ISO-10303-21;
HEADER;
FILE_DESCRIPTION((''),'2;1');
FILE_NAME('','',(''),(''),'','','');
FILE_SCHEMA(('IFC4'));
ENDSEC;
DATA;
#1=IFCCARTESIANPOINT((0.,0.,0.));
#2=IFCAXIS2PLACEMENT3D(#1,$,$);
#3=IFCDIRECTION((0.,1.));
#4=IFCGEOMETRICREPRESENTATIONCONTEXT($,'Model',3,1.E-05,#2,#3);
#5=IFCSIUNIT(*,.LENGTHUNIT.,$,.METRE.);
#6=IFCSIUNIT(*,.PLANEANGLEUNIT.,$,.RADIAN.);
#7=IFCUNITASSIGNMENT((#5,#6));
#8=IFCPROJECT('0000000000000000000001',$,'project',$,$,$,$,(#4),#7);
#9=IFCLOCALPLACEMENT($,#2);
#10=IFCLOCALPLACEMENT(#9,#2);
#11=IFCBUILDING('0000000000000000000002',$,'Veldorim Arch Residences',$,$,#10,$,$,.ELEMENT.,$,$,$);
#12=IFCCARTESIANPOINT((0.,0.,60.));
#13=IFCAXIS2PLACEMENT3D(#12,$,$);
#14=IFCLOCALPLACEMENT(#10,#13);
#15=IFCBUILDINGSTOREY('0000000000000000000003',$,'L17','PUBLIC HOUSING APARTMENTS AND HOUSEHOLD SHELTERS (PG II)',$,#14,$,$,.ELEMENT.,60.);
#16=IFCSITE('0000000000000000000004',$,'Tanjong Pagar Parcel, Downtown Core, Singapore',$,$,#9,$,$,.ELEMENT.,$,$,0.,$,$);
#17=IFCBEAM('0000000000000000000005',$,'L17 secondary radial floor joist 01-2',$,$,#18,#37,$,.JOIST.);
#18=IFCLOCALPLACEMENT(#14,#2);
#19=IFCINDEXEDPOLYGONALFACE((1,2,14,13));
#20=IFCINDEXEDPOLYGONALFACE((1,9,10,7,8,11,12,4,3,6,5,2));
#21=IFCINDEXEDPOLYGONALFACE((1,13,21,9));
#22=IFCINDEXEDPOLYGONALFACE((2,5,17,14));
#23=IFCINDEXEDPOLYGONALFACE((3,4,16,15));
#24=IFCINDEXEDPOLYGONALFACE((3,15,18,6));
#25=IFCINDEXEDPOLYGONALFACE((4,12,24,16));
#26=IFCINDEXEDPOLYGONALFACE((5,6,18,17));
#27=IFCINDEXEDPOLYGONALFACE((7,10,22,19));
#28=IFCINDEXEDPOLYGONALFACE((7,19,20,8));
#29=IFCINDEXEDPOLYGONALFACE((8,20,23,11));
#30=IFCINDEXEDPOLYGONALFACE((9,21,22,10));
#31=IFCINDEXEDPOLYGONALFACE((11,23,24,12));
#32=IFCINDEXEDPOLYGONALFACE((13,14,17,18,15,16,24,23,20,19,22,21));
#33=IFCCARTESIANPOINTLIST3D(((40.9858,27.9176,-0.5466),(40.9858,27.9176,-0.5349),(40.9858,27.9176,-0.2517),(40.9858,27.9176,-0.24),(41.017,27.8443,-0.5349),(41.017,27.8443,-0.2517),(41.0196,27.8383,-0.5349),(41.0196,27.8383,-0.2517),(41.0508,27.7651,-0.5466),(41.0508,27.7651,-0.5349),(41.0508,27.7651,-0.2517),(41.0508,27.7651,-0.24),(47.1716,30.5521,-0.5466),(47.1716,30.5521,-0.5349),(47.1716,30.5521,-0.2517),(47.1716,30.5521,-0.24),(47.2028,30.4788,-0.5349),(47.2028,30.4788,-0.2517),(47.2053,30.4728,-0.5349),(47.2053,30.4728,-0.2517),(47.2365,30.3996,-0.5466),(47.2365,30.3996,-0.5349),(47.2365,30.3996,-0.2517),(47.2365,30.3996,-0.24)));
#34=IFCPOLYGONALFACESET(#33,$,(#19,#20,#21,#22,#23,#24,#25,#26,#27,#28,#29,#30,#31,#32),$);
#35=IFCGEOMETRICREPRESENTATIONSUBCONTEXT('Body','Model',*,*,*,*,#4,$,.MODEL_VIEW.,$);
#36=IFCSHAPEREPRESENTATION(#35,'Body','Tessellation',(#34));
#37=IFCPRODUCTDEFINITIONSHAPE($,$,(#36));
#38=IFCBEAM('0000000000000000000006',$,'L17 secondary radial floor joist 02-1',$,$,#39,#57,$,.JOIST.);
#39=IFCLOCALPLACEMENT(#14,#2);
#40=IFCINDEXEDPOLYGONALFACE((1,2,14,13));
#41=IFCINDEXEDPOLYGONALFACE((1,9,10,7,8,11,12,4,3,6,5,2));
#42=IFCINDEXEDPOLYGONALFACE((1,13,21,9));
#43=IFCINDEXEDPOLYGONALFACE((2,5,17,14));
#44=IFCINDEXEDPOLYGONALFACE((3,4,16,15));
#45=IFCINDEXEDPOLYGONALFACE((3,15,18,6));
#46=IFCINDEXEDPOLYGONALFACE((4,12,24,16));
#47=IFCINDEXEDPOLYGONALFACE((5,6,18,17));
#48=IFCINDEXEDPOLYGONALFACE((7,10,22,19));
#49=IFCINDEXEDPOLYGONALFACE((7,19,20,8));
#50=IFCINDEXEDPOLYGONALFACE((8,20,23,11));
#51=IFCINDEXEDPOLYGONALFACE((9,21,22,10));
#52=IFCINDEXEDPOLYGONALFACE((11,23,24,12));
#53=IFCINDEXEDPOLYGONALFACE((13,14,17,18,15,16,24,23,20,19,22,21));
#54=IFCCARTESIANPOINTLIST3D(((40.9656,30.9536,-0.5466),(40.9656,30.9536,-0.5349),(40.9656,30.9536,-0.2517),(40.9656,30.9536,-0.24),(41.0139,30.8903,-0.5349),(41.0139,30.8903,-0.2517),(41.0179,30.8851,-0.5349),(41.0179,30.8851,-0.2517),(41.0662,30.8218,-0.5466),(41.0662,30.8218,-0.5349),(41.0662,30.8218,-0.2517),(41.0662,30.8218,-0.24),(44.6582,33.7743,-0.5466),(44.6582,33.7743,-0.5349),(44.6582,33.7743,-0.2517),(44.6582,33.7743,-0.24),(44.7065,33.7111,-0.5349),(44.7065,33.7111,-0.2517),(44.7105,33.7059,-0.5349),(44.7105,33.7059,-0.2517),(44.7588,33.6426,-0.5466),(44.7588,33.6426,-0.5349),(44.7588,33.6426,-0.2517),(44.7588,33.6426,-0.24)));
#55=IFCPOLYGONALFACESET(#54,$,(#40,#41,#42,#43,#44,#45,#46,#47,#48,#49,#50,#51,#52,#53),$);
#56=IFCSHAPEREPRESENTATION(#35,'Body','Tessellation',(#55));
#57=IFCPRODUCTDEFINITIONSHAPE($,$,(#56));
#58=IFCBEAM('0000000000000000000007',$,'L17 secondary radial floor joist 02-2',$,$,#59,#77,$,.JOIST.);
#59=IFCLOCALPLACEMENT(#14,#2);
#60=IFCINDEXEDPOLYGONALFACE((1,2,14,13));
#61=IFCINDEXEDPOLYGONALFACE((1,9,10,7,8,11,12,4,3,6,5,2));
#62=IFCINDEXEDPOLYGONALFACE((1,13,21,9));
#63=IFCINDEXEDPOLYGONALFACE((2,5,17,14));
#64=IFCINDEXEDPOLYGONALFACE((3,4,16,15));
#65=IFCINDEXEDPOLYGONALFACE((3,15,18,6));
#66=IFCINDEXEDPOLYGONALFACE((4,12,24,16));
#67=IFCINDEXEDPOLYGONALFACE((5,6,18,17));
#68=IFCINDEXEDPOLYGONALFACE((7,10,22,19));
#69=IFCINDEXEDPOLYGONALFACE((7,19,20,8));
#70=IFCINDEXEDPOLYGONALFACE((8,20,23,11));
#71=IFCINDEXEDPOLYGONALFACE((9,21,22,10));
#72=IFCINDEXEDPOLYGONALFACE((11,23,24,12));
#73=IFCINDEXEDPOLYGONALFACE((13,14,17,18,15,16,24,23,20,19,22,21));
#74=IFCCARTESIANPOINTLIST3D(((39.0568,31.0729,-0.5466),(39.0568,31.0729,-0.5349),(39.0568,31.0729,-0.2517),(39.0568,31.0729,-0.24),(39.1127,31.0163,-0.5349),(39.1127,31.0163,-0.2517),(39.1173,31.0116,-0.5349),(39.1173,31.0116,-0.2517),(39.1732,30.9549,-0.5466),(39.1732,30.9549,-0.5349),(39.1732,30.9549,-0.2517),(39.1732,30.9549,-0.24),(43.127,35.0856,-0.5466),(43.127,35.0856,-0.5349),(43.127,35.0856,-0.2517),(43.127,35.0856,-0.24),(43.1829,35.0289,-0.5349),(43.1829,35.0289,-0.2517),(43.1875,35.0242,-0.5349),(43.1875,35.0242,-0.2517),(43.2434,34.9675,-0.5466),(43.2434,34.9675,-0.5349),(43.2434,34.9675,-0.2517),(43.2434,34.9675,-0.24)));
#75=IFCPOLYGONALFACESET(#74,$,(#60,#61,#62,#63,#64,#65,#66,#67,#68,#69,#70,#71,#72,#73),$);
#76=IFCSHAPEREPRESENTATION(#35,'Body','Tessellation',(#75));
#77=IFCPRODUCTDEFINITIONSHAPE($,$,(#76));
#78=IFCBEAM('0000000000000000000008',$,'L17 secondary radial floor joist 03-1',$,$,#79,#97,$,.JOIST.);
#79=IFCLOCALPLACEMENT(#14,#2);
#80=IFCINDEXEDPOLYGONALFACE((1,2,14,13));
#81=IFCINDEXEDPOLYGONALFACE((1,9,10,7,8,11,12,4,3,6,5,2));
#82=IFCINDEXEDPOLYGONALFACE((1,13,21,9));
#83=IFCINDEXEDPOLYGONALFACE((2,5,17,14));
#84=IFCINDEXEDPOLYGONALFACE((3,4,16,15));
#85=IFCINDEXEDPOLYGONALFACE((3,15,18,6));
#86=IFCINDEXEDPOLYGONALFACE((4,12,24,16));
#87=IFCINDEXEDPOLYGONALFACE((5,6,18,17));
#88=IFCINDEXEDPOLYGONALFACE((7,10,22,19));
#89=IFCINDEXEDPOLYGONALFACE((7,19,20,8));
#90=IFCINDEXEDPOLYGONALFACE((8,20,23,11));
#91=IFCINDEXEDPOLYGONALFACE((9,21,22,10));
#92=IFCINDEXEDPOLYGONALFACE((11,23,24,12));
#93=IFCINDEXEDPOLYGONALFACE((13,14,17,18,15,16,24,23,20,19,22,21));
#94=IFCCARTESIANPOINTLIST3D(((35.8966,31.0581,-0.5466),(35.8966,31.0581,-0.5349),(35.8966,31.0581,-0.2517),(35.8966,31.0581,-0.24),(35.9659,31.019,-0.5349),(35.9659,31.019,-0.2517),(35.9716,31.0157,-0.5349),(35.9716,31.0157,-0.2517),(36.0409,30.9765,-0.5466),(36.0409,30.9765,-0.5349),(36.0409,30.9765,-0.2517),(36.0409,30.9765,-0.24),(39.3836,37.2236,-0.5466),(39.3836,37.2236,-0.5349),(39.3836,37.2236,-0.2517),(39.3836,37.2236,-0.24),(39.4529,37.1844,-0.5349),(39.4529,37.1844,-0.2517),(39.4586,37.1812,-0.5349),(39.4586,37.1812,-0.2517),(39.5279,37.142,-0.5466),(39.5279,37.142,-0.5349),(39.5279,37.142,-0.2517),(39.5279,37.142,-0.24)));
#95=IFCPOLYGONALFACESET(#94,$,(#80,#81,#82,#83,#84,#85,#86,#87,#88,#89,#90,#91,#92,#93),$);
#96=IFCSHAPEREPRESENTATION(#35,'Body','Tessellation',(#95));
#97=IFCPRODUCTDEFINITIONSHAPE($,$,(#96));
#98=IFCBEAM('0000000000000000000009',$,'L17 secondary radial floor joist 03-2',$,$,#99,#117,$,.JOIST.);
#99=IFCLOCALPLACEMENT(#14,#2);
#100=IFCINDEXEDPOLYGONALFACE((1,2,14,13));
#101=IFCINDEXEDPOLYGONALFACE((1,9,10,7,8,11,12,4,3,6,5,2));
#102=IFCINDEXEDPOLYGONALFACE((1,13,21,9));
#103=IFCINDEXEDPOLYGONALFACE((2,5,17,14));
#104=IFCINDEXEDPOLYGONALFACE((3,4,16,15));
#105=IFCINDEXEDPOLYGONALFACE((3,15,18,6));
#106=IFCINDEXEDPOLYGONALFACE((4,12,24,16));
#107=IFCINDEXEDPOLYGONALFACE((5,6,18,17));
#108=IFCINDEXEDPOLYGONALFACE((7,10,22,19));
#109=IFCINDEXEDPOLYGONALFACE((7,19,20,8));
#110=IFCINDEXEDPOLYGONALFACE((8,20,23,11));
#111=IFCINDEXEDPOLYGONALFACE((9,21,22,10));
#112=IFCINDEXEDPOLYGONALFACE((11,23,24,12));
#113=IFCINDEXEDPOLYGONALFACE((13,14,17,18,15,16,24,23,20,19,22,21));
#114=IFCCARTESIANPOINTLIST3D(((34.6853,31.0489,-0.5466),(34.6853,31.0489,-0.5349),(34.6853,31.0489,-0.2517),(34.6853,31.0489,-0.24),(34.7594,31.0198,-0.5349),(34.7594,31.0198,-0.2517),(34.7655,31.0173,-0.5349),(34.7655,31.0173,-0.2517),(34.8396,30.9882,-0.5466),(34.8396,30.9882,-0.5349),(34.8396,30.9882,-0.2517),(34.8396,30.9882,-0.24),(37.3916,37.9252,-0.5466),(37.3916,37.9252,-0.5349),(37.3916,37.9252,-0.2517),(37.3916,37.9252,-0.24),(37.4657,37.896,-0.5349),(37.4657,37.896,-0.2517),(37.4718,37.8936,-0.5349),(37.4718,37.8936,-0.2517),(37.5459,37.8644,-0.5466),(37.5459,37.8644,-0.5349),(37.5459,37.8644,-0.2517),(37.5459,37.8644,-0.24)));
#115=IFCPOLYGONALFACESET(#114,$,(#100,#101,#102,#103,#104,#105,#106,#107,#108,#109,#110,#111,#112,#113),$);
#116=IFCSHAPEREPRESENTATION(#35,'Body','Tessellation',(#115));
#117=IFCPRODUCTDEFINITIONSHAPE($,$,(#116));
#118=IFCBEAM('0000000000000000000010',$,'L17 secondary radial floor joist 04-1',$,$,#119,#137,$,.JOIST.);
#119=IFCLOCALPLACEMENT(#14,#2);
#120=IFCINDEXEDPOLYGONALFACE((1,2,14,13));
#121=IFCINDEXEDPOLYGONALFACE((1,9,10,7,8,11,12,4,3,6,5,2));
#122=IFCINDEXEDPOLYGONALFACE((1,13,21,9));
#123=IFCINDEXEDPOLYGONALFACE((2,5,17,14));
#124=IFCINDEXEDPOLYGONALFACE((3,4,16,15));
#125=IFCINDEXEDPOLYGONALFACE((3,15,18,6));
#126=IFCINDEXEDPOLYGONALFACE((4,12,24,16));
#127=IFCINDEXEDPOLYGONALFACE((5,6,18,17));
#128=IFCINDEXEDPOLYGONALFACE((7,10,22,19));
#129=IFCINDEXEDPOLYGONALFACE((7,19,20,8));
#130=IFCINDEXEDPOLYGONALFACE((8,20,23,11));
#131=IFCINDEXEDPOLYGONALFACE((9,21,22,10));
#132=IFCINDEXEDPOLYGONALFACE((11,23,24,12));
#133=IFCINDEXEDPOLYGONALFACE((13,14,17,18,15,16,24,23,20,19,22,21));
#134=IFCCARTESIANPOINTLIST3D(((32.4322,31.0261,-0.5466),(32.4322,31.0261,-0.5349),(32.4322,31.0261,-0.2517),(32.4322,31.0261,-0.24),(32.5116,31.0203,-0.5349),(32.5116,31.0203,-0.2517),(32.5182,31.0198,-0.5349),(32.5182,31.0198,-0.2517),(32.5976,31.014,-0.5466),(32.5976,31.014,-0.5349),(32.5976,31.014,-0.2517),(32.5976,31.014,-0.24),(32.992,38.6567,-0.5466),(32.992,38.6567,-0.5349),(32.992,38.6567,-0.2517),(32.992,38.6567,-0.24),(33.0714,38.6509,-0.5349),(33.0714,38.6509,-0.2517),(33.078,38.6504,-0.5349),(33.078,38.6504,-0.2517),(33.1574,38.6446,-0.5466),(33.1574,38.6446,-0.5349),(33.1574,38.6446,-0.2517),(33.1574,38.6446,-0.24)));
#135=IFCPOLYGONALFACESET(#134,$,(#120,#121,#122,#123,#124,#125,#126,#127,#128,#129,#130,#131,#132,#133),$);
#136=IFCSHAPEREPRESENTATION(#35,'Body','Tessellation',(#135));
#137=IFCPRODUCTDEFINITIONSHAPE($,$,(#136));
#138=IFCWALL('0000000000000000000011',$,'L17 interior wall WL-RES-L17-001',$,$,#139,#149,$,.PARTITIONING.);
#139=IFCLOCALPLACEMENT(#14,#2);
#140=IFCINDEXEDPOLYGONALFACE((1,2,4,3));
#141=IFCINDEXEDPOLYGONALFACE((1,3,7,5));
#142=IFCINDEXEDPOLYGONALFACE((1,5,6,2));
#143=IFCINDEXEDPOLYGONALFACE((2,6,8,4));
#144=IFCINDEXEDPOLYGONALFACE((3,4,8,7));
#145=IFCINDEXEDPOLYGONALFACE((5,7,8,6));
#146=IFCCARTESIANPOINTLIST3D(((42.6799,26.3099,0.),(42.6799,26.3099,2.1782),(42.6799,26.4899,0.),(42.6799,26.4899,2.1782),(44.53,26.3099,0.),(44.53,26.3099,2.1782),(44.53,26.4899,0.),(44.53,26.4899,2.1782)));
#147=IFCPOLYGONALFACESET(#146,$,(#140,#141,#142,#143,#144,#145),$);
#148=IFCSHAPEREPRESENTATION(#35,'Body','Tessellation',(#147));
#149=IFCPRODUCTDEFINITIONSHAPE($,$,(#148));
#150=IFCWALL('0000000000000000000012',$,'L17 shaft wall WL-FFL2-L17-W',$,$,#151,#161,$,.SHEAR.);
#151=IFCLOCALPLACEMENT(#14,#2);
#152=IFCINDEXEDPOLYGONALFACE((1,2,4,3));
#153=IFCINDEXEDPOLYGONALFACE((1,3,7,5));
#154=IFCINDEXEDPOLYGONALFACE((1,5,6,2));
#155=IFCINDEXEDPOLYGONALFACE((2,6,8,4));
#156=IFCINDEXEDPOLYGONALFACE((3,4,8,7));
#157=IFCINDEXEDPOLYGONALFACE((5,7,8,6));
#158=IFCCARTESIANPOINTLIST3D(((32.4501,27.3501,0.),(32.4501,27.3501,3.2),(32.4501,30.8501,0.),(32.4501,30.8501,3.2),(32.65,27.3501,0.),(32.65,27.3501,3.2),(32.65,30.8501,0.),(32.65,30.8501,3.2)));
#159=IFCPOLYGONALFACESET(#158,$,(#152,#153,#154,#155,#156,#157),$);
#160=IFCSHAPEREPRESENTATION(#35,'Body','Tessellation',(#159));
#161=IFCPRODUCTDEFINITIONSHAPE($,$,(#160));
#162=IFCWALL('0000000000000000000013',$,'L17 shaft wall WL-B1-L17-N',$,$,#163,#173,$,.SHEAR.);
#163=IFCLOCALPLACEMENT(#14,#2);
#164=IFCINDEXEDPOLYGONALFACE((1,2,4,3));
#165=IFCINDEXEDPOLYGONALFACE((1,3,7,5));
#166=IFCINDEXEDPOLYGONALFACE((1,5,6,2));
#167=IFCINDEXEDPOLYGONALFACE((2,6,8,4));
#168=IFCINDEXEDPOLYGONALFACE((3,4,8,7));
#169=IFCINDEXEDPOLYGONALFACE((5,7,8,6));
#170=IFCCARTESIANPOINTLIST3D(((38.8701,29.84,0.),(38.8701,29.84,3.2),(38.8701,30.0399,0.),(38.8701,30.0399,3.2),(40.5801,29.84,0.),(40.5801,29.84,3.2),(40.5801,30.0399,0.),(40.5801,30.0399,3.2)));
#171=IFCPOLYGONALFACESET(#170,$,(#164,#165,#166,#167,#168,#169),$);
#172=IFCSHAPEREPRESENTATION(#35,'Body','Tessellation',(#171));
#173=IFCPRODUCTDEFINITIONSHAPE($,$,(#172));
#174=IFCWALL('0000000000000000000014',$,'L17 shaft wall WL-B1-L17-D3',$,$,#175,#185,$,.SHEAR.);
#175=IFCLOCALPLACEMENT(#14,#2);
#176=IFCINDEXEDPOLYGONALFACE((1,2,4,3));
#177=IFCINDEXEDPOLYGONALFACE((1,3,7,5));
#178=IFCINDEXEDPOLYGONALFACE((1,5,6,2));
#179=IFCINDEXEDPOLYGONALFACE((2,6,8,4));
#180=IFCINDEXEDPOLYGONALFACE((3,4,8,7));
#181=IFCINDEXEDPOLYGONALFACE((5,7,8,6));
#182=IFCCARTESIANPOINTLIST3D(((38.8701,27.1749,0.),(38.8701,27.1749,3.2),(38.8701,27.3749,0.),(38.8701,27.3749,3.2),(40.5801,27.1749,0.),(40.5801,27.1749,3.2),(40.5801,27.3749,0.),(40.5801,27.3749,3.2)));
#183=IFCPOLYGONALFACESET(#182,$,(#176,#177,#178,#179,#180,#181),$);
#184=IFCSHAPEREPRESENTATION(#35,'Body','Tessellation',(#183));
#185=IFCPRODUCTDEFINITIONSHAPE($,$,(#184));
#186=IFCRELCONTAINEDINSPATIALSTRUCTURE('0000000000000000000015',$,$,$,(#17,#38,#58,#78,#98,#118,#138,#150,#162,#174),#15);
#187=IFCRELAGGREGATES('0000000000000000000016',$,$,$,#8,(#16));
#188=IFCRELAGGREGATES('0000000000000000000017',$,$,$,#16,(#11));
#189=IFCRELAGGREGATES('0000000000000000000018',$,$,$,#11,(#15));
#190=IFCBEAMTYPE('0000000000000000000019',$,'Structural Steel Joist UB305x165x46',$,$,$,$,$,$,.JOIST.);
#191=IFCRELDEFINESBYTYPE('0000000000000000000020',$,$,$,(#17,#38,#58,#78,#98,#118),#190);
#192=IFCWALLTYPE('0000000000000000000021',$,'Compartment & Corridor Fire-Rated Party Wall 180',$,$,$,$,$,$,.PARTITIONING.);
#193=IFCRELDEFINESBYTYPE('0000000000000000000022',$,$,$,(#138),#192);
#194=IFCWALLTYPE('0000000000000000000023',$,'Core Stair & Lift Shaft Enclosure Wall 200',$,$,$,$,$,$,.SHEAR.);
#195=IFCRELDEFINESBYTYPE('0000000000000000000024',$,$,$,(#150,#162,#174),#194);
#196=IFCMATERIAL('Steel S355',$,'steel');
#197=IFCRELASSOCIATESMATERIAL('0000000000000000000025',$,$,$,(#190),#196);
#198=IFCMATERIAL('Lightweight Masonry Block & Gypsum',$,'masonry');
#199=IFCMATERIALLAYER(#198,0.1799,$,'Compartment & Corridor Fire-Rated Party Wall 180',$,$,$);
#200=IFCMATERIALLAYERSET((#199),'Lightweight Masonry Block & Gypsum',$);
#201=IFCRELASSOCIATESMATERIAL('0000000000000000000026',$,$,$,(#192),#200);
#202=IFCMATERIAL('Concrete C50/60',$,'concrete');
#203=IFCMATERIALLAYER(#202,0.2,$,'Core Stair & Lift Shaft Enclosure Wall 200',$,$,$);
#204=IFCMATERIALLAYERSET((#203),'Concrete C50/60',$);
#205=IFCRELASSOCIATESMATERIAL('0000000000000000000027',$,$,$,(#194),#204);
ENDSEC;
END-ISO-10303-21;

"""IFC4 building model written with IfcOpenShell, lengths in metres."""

from ifc_helpers import new_model, si_unit, direction, frame, frame_2d, origin, origin_2d, place, context, subcontext, project, spatial, rectangle, i_section, extrude, material, layer, layer_set, material_profile, profile_set, type_object, element, save


model = new_model("IFC4")

# Units and contexts
model_context = context("Model", 3, precision=1e-05, world=origin(), true_north=direction((0.0, 1.0)))
body_context = subcontext(model_context, "Body", "Model", "MODEL_VIEW")
ifc_project = project(units=[si_unit("LENGTHUNIT", "METRE"), si_unit("PLANEANGLEUNIT", "RADIAN")], contexts=[model_context])

# Site, building, storey
site_placement = place(None, origin())
site = spatial("IfcSite", under=ifc_project, at=site_placement, Name="Tanjong Pagar Parcel, Downtown Core, Singapore", CompositionType="ELEMENT", RefElevation=0.0)
building_placement = place(site_placement, origin())
building = spatial("IfcBuilding", under=site, at=building_placement, Name="Veldorim Arch Residences", CompositionType="ELEMENT")
storey_placement = place(building_placement, frame((0.0, 0.0, 60.0)))
storey = spatial("IfcBuildingStorey", under=building, at=storey_placement, Name="L17", Description="PUBLIC HOUSING APARTMENTS AND HOUSEHOLD SHELTERS (PG II)", CompositionType="ELEMENT", Elevation=60.0)

# Beams
ifc_material_1 = material(Name="Steel S355", Category="steel")
ifc_material_profile_1 = material_profile(ifc_material_1, i_section(OverallWidth=0.1658, OverallDepth=0.3066, WebThickness=0.0066, FlangeThickness=0.0117, at=origin_2d()), Name="UB305x165x46")
ifc_profile_set_1 = profile_set([ifc_material_profile_1], Name="Steel S355")
beam_type_1 = type_object("IfcBeamType", Name="Structural Steel Joist UB305x165x46", PredefinedType="JOIST", material=ifc_profile_set_1)
beam_1_placement = place(storey_placement, frame((41.0183, 27.8413, -0.3933), z_axis=(0.920033, 0.391841, 0.0), x_axis=(-0.391841, 0.920033, 0.0)))
element("IfcBeam", 1, at=beam_1_placement, inside=storey, type_object=beam_type_1, Name="L17 secondary radial floor joist 01-2", PredefinedType="JOIST", context=body_context, shape_type="SweptSolid", body=[
    extrude(i_section(OverallWidth=0.1658, OverallDepth=0.3066, WebThickness=0.0066, FlangeThickness=0.0117, at=origin_2d()), origin(), (0.0, 0.0, 1.0), 6.7234),
])
beam_2_placement = place(storey_placement, frame((41.0159, 30.8877, -0.3933), z_axis=(0.794666, 0.607046, 0.0), x_axis=(-0.607046, 0.794666, 0.0)))
element("IfcBeam", 2, at=beam_2_placement, inside=storey, type_object=beam_type_1, Name="L17 secondary radial floor joist 02-1", PredefinedType="JOIST", context=body_context, shape_type="SweptSolid", body=[
    extrude(i_section(OverallWidth=0.1658, OverallDepth=0.3066, WebThickness=0.0066, FlangeThickness=0.0117, at=origin_2d()), origin(), (0.0, 0.0, 1.0), 4.6467),
])
beam_3_placement = place(storey_placement, frame((39.115, 31.0139, -0.3933), z_axis=(0.712129, 0.702049, 0.0), x_axis=(-0.702049, 0.712129, 0.0)))
element("IfcBeam", 3, at=beam_3_placement, inside=storey, type_object=beam_type_1, Name="L17 secondary radial floor joist 02-2", PredefinedType="JOIST", context=body_context, shape_type="SweptSolid", body=[
    extrude(i_section(OverallWidth=0.1658, OverallDepth=0.3066, WebThickness=0.0066, FlangeThickness=0.0117, at=origin_2d()), origin(), (0.0, 0.0, 1.0), 5.7156),
])
beam_4_placement = place(storey_placement, frame((35.9688, 31.0173, -0.3933), z_axis=(0.492292, 0.87043, 0.0), x_axis=(-0.87043, 0.492292, 0.0)))
element("IfcBeam", 4, at=beam_4_placement, inside=storey, type_object=beam_type_1, Name="L17 secondary radial floor joist 03-1", PredefinedType="JOIST", context=body_context, shape_type="SweptSolid", body=[
    extrude(i_section(OverallWidth=0.1658, OverallDepth=0.3066, WebThickness=0.0066, FlangeThickness=0.0117, at=origin_2d()), origin(), (0.0, 0.0, 1.0), 7.0833),
])
beam_5_placement = place(storey_placement, frame((34.7625, 31.0186, -0.3933), z_axis=(0.36623, 0.930524, 0.0), x_axis=(-0.930524, 0.36623, 0.0)))
element("IfcBeam", 5, at=beam_5_placement, inside=storey, type_object=beam_type_1, Name="L17 secondary radial floor joist 03-2", PredefinedType="JOIST", context=body_context, shape_type="SweptSolid", body=[
    extrude(i_section(OverallWidth=0.1658, OverallDepth=0.3066, WebThickness=0.0066, FlangeThickness=0.0117, at=origin_2d()), origin(), (0.0, 0.0, 1.0), 7.3896),
])
beam_6_placement = place(storey_placement, frame((32.5149, 31.02, -0.3933), z_axis=(0.073168, 0.99732, 0.0), x_axis=(-0.99732, 0.073168, 0.0)))
element("IfcBeam", 6, at=beam_6_placement, inside=storey, type_object=beam_type_1, Name="L17 secondary radial floor joist 04-1", PredefinedType="JOIST", context=body_context, shape_type="SweptSolid", body=[
    extrude(i_section(OverallWidth=0.1658, OverallDepth=0.3066, WebThickness=0.0066, FlangeThickness=0.0117, at=origin_2d()), origin(), (0.0, 0.0, 1.0), 7.6511),
])

# Wall
ifc_material_2 = material(Name="Lightweight Masonry Block & Gypsum", Category="masonry")
ifc_layer_1 = layer(ifc_material_2, 0.1799, Name="Compartment & Corridor Fire-Rated Party Wall 180")
ifc_layer_set_1 = layer_set([ifc_layer_1], Name="Lightweight Masonry Block & Gypsum")
wall_type_1 = type_object("IfcWallType", Name="Compartment & Corridor Fire-Rated Party Wall 180", PredefinedType="PARTITIONING", material=ifc_layer_set_1)
wall_1_placement = place(storey_placement, frame((42.6799, 26.3999, 0.0), z_axis=(0.0, 0.0, 1.0), x_axis=(1.0, 0.0, 0.0)))
element("IfcWall", 7, at=wall_1_placement, inside=storey, type_object=wall_type_1, Name="L17 interior wall WL-RES-L17-001", PredefinedType="PARTITIONING", context=body_context, shape_type="SweptSolid", body=[
    extrude(rectangle(XDim=1.8501, YDim=0.1799, at=frame_2d((0.925, 0.0))), origin(), (0.0, 0.0, 1.0), 2.1782),
])

# Shared definitions
ifc_material_3 = material(Name="Concrete C50/60", Category="concrete")
ifc_layer_2 = layer(ifc_material_3, 0.2, Name="Core Stair & Lift Shaft Enclosure Wall 200")
ifc_layer_set_2 = layer_set([ifc_layer_2], Name="Concrete C50/60")
wall_type_2 = type_object("IfcWallType", Name="Core Stair & Lift Shaft Enclosure Wall 200", PredefinedType="SHEAR", material=ifc_layer_set_2)

# Wall
wall_2_placement = place(storey_placement, frame((32.55, 27.3501, 0.0), z_axis=(0.0, 0.0, 1.0), x_axis=(0.0, 1.0, 0.0)))
element("IfcWall", 8, at=wall_2_placement, inside=storey, type_object=wall_type_2, Name="L17 shaft wall WL-FFL2-L17-W", PredefinedType="SHEAR", context=body_context, shape_type="SweptSolid", body=[
    extrude(rectangle(XDim=3.5, YDim=0.2, at=frame_2d((1.75, 0.0))), origin(), (0.0, 0.0, 1.0), 3.2),
])

# Walls
for number, where, z_axis, x_axis, name in (
    (9, (38.8701, 29.9399, 0.0), (0.0, 0.0, 1.0), (1.0, 0.0, 0.0), "L17 shaft wall WL-B1-L17-N"),
    (10, (38.8701, 27.2749, 0.0), (0.0, 0.0, 1.0), (1.0, 0.0, 0.0), "L17 shaft wall WL-B1-L17-D3"),
):
    element("IfcWall", number, at=place(storey_placement, frame(where, z_axis=z_axis, x_axis=x_axis)), inside=storey, type_object=wall_type_2, Name=name, PredefinedType="SHEAR", context=body_context, shape_type="SweptSolid", body=[
        extrude(rectangle(XDim=1.71, YDim=0.2, at=frame_2d((0.855, 0.0))), origin(), (0.0, 0.0, 1.0), 3.2),
    ])

save(model, "model.ifc")
